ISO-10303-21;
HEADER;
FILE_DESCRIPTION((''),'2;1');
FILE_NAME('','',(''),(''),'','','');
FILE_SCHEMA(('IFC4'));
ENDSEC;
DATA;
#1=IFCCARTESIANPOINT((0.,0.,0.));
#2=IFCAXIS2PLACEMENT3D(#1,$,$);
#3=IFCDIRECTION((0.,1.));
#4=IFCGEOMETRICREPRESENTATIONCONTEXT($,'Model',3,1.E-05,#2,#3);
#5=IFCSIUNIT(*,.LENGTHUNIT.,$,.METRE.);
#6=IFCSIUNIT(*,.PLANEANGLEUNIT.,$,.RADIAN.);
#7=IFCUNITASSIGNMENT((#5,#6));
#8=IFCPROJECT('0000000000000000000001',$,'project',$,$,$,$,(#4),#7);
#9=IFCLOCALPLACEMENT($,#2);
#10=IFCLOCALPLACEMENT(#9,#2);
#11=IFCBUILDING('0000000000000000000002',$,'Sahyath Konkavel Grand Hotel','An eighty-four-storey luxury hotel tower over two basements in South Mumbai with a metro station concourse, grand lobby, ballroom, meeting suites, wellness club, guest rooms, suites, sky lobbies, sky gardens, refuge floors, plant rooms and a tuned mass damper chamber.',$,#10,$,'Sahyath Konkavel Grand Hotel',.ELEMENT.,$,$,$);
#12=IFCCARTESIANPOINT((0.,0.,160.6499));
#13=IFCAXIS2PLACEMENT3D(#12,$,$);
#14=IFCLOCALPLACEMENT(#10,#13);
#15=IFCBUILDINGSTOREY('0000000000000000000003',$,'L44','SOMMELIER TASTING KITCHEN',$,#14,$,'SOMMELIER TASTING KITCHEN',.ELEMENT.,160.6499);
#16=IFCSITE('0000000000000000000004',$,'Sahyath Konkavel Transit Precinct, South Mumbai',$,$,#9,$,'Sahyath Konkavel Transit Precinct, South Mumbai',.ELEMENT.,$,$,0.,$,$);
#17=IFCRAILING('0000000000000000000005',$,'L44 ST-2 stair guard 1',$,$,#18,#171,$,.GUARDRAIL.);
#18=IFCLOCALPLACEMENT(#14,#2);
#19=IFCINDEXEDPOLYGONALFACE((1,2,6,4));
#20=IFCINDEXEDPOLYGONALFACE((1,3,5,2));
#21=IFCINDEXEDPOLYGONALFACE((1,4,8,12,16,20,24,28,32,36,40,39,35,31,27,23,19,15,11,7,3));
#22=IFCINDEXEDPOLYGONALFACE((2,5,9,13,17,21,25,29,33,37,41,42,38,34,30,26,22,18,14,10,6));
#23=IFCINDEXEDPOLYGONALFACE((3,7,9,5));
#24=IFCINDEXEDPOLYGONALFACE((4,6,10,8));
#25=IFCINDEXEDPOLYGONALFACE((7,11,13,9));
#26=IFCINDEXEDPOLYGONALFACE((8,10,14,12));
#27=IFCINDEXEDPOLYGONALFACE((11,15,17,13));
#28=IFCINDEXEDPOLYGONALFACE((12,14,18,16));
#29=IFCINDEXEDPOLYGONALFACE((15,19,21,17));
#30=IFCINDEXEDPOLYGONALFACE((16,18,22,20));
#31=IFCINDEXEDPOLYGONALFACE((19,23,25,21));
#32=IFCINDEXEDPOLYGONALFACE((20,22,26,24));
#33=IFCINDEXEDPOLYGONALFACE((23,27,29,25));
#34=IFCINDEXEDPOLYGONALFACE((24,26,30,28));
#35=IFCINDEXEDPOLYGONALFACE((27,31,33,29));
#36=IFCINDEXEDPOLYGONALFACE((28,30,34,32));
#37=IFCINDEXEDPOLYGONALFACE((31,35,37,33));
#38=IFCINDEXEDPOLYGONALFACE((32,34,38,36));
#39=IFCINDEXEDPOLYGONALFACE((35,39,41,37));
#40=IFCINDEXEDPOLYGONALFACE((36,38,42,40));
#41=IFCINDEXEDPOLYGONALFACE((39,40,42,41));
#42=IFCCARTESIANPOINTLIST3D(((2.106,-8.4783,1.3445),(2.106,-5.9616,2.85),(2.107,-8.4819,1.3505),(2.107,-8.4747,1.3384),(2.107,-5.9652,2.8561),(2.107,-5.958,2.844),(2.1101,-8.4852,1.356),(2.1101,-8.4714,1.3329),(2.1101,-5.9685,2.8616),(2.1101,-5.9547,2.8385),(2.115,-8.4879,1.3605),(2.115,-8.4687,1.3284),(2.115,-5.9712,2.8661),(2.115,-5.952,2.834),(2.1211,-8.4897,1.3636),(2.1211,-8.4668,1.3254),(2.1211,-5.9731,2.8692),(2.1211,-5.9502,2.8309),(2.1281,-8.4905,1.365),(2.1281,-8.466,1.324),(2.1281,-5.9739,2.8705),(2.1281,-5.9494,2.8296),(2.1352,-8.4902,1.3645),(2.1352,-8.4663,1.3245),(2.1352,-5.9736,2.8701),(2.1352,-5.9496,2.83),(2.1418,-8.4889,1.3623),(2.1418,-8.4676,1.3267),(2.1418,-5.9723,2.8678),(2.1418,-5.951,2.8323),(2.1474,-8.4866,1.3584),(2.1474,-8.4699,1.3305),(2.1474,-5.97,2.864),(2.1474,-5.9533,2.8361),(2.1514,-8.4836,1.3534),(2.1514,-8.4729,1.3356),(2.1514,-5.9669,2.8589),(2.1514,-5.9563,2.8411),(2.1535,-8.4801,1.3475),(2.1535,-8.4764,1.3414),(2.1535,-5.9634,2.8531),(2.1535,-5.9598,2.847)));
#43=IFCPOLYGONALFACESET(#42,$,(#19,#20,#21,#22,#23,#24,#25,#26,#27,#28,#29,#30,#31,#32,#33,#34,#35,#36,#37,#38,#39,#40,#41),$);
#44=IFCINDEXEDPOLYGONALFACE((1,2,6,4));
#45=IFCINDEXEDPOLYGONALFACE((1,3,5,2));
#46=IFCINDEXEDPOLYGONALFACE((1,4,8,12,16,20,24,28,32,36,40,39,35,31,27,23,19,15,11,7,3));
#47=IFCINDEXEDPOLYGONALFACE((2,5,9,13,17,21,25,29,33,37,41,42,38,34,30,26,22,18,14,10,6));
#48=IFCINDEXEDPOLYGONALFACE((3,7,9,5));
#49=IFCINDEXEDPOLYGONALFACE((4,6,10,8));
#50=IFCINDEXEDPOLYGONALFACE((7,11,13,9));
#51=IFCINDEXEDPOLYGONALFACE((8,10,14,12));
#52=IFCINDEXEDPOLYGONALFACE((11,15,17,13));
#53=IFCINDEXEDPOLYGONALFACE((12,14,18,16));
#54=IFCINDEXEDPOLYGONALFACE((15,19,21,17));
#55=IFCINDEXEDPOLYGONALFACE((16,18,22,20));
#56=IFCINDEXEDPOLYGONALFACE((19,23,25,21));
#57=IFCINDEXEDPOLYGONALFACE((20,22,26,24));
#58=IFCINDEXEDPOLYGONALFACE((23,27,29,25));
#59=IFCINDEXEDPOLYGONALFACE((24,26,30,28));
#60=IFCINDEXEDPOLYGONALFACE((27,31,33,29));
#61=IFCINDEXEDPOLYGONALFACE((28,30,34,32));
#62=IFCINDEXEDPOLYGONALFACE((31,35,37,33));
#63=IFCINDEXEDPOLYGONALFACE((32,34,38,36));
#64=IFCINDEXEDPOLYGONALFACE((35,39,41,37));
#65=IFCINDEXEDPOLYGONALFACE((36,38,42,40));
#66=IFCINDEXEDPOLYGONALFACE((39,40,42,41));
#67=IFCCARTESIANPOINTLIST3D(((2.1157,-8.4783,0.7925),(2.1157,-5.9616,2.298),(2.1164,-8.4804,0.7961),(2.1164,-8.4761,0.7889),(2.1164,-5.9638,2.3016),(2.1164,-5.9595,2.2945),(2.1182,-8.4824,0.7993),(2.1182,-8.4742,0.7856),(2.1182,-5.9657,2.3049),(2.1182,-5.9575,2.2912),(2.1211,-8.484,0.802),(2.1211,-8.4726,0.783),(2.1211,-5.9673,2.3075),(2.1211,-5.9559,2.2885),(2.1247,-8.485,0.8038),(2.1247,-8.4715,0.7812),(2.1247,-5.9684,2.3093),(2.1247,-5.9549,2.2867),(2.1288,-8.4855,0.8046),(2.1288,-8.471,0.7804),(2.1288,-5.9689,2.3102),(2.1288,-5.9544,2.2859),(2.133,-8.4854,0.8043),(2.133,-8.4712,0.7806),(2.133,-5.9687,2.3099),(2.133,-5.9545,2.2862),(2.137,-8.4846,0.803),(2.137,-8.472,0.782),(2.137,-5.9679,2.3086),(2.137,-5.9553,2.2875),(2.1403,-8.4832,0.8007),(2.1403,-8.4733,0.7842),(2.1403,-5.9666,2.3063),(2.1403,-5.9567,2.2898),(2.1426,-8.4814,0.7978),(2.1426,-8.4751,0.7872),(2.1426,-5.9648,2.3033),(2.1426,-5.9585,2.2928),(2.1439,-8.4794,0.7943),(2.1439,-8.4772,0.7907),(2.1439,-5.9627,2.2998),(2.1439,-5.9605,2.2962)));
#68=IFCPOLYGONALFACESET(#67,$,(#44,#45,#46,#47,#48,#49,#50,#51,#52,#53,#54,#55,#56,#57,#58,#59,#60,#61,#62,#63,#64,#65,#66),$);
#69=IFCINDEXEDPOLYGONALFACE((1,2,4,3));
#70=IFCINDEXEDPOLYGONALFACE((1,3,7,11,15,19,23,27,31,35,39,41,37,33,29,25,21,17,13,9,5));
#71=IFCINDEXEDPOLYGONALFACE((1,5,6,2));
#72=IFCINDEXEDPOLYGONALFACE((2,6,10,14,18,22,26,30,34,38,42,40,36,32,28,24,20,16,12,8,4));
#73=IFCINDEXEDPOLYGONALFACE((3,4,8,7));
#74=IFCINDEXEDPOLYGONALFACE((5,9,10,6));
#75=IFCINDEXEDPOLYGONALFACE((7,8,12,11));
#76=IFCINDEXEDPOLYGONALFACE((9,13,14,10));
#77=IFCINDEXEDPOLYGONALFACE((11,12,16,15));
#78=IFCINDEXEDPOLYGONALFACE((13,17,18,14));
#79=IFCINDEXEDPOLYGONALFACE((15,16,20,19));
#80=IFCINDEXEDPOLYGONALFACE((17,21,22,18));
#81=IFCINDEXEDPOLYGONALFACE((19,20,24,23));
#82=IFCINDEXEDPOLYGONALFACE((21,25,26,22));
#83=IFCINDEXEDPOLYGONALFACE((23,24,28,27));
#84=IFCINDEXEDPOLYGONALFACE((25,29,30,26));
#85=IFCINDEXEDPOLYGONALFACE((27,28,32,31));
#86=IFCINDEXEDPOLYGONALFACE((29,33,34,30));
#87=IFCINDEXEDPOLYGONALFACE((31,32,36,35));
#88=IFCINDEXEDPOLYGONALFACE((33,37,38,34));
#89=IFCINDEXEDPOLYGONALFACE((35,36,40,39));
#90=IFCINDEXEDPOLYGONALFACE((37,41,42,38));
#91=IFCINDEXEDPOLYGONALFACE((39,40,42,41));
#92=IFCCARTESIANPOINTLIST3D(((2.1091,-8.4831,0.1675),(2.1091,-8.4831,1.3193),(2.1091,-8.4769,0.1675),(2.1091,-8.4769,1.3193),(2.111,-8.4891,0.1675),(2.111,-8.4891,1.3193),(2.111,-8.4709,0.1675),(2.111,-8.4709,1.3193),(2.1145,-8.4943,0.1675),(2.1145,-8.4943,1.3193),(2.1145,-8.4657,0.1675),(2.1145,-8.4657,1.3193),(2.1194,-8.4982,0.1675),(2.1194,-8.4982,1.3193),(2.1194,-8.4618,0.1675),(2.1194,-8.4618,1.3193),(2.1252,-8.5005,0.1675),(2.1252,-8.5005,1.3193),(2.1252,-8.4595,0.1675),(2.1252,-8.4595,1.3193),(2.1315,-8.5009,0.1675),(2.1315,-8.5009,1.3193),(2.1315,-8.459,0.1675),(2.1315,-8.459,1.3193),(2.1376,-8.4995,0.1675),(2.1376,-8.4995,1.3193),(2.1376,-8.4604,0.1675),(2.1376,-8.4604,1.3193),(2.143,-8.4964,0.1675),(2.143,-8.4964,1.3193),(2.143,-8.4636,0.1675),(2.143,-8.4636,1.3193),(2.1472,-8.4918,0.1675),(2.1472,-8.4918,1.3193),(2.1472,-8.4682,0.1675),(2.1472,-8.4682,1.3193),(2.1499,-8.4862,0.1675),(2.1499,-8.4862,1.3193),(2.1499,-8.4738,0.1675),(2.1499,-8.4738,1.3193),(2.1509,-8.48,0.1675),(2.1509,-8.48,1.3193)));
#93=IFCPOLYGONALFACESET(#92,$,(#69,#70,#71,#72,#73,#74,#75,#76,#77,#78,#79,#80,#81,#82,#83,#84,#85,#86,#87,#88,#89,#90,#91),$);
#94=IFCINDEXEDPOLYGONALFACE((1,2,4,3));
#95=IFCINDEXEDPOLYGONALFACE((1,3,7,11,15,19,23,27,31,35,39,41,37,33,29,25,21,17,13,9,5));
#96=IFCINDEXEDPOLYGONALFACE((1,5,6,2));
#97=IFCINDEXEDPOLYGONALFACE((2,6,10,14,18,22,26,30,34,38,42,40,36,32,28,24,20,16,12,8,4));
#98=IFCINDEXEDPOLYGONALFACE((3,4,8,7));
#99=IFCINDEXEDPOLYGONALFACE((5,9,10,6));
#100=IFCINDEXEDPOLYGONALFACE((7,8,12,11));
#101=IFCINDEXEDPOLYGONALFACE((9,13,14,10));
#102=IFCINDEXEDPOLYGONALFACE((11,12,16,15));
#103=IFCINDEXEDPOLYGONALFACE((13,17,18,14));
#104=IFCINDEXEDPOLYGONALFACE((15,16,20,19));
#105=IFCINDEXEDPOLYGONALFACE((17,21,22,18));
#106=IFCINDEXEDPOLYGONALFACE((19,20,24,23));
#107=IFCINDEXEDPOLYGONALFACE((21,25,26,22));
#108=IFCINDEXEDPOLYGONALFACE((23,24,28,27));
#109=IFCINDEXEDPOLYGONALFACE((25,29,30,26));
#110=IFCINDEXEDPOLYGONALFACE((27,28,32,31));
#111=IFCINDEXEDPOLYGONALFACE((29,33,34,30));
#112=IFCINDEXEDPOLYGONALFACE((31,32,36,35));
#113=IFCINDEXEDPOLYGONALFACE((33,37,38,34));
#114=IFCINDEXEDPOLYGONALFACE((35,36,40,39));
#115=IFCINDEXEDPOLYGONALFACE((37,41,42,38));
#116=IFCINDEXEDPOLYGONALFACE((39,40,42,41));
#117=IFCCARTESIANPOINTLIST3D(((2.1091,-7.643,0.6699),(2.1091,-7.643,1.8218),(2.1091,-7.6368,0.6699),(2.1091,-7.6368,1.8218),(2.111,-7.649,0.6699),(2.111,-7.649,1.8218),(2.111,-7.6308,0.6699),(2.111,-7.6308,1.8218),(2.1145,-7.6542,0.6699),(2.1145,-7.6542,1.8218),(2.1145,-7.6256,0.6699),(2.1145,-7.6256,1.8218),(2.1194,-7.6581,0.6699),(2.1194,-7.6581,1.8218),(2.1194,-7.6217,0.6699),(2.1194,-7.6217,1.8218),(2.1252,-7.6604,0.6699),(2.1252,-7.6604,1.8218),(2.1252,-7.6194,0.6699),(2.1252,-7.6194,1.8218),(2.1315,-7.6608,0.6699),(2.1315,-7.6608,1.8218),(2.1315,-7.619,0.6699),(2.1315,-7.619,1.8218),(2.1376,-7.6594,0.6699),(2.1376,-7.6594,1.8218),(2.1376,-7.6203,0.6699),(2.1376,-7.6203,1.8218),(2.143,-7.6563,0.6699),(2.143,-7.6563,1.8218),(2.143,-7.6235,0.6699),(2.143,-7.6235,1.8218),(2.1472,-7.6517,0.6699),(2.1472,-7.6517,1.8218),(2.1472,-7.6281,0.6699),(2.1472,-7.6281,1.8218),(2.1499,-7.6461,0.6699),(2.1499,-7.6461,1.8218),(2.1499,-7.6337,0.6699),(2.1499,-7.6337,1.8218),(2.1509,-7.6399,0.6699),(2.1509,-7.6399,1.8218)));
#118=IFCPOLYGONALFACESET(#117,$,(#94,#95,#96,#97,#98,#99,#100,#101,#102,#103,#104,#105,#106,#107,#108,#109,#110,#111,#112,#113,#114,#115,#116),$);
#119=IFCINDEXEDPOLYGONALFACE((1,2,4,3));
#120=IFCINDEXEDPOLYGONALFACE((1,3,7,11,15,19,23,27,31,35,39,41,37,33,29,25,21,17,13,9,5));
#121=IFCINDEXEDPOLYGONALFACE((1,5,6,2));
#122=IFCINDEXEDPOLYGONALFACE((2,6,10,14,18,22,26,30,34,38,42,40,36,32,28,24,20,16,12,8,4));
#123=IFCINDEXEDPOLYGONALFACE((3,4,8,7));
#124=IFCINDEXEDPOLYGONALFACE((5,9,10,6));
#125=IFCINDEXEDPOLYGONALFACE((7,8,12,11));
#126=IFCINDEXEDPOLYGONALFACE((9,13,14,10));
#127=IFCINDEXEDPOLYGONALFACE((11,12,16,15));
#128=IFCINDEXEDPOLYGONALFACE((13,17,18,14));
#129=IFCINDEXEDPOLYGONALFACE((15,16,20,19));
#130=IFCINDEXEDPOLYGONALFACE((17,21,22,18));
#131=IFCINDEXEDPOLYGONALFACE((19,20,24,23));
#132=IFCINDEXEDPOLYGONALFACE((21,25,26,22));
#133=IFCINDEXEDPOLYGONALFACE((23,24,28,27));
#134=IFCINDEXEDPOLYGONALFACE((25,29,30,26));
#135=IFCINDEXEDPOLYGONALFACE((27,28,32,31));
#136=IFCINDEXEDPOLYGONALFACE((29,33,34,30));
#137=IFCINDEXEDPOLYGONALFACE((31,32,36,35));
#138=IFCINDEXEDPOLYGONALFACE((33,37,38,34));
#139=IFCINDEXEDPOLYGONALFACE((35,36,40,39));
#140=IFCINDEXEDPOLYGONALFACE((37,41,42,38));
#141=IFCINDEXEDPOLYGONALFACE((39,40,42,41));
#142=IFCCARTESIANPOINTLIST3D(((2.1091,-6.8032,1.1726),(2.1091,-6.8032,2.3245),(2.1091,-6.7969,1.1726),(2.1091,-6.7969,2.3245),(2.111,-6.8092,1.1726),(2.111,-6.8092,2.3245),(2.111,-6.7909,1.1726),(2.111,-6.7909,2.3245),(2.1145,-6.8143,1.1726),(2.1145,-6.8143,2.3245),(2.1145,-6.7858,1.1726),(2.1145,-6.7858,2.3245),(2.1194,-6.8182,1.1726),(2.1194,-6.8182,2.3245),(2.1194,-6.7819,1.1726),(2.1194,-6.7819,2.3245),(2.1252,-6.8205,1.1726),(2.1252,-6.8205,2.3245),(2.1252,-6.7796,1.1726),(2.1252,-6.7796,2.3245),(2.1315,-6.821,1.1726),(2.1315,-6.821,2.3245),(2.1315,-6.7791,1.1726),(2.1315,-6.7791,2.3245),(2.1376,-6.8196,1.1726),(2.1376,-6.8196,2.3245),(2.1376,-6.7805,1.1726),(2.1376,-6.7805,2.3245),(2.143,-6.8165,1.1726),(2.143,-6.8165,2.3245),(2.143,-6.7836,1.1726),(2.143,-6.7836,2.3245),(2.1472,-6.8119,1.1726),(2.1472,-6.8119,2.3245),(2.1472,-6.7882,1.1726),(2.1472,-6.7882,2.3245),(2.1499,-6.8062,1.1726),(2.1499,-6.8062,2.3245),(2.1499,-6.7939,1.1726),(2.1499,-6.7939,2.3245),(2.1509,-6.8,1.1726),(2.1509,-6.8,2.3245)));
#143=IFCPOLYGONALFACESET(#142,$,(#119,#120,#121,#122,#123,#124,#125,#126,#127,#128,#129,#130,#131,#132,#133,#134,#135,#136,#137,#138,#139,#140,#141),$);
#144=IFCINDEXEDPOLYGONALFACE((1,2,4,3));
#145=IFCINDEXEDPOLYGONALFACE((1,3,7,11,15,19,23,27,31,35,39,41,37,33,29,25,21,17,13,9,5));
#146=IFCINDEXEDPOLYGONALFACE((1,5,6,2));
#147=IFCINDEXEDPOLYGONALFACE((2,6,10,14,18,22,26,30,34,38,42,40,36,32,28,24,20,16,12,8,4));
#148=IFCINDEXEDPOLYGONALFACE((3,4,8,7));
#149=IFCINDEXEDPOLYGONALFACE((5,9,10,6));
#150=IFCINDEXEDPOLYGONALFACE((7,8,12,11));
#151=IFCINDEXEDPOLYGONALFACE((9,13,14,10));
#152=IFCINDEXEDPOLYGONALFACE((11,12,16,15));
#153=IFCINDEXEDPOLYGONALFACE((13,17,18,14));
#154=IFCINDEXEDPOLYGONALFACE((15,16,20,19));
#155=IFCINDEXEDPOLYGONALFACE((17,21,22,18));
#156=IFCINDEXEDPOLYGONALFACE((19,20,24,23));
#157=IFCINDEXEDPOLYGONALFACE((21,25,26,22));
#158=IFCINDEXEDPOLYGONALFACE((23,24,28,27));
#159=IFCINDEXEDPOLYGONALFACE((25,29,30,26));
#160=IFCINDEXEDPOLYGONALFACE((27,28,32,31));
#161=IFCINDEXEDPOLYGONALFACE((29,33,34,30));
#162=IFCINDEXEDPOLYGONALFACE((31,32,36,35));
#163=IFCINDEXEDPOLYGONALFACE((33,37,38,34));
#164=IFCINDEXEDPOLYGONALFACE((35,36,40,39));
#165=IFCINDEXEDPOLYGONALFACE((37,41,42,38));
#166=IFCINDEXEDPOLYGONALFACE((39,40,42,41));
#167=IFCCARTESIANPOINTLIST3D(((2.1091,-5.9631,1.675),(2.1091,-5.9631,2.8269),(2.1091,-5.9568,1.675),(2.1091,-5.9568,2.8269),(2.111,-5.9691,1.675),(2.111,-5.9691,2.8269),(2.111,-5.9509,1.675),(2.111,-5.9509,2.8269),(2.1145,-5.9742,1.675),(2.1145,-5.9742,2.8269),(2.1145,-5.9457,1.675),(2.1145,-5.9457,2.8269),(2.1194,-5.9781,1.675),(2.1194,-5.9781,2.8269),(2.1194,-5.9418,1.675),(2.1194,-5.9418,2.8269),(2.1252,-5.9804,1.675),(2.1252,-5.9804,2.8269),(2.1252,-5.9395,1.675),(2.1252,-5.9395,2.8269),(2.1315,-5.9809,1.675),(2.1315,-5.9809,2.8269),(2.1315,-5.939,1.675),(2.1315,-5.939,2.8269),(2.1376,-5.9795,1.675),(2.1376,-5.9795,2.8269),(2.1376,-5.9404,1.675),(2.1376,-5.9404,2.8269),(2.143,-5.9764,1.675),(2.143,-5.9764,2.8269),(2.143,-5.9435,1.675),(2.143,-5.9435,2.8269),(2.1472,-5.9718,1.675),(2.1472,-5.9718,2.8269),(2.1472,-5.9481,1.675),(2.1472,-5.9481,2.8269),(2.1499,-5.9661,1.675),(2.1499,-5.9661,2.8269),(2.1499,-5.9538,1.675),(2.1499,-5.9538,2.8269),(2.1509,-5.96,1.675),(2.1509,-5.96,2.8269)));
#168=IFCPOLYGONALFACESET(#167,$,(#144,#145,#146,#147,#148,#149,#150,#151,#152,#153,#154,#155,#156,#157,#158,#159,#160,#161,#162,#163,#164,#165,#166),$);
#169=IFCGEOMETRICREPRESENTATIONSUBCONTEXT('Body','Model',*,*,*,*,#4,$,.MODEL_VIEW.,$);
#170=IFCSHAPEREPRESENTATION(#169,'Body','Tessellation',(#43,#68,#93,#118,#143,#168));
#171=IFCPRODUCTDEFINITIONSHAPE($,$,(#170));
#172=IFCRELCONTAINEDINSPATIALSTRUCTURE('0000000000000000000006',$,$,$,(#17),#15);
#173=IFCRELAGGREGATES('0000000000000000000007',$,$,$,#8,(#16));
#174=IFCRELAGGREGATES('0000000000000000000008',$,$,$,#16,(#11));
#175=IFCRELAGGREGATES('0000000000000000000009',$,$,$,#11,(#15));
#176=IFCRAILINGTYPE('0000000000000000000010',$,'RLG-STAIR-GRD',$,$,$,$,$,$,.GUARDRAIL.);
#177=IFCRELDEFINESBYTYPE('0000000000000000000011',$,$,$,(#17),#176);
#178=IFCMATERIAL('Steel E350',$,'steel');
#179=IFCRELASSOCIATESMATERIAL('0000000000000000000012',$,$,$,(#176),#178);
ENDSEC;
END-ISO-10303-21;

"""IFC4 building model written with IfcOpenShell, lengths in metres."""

from ifc_helpers import new_model, si_unit, direction, frame, origin, origin_2d, place, context, subcontext, project, spatial, circle, extrude, material, type_object, element, save


model = new_model("IFC4")

# Units and contexts
model_context = context("Model", 3, precision=1e-05, world=origin(), true_north=direction((0.0, 1.0)))
body_context = subcontext(model_context, "Body", "Model", "MODEL_VIEW")
ifc_project = project(units=[si_unit("LENGTHUNIT", "METRE"), si_unit("PLANEANGLEUNIT", "RADIAN")], contexts=[model_context])

# Site, building, storey
site_placement = place(None, origin())
site = spatial("IfcSite", under=ifc_project, at=site_placement, Name="Sahyath Konkavel Transit Precinct, South Mumbai", LongName="Sahyath Konkavel Transit Precinct, South Mumbai", CompositionType="ELEMENT", RefElevation=0.0)
building_placement = place(site_placement, origin())
building = spatial("IfcBuilding", under=site, at=building_placement, Name="Sahyath Konkavel Grand Hotel", Description="An eighty-four-storey luxury hotel tower over two basements in South Mumbai with a metro station concourse, grand lobby, ballroom, meeting suites, wellness club, guest rooms, suites, sky lobbies, sky gardens, refuge floors, plant rooms and a tuned mass damper chamber.", LongName="Sahyath Konkavel Grand Hotel", CompositionType="ELEMENT")
storey_placement = place(building_placement, frame((0.0, 0.0, 160.6499)))
storey = spatial("IfcBuildingStorey", under=building, at=storey_placement, Name="L44", Description="SOMMELIER TASTING KITCHEN", LongName="SOMMELIER TASTING KITCHEN", CompositionType="ELEMENT", Elevation=160.6499)

# Shared definitions
ifc_material_1 = material(Name="Steel E350", Category="steel")

# Railing
railing_type_1 = type_object("IfcRailingType", Name="RLG-STAIR-GRD", PredefinedType="GUARDRAIL", material=ifc_material_1)
railing_1_placement = place(storey_placement, frame((2.1299, -8.48, 0.1675)))
element("IfcRailing", 1, at=railing_1_placement, inside=storey, type_object=railing_type_1, Name="L44 ST-2 stair guard 1", PredefinedType="GUARDRAIL", context=body_context, shape_type="SweptSolid", body=[
    extrude(circle(Radius=0.0239, at=origin_2d()), frame((0.0, 0.0017, 1.177), z_axis=(0.0, 0.85816, 0.513383), x_axis=(-1.0, 0.0, 0.0)), (0.0, 0.0, 1.0), 2.9326),
    extrude(circle(Radius=0.0142, at=origin_2d()), frame((0.0, 0.0017, 0.625), z_axis=(0.0, 0.85816, 0.513383), x_axis=(-1.0, 0.0, 0.0)), (0.0, 0.0, 1.0), 2.9326),
    extrude(circle(Radius=0.021, at=origin_2d()), origin(), (0.0, 0.0, 1.0), 1.1519),
    extrude(circle(Radius=0.021, at=origin_2d()), frame((0.0, 0.8401, 0.5024)), (0.0, 0.0, 1.0), 1.1519),
    extrude(circle(Radius=0.021, at=origin_2d()), frame((0.0, 1.6799, 1.0051)), (0.0, 0.0, 1.0), 1.1519),
    extrude(circle(Radius=0.021, at=origin_2d()), frame((0.0, 2.52, 1.5076)), (0.0, 0.0, 1.0), 1.1519),
])

save(model, "model.ifc")
